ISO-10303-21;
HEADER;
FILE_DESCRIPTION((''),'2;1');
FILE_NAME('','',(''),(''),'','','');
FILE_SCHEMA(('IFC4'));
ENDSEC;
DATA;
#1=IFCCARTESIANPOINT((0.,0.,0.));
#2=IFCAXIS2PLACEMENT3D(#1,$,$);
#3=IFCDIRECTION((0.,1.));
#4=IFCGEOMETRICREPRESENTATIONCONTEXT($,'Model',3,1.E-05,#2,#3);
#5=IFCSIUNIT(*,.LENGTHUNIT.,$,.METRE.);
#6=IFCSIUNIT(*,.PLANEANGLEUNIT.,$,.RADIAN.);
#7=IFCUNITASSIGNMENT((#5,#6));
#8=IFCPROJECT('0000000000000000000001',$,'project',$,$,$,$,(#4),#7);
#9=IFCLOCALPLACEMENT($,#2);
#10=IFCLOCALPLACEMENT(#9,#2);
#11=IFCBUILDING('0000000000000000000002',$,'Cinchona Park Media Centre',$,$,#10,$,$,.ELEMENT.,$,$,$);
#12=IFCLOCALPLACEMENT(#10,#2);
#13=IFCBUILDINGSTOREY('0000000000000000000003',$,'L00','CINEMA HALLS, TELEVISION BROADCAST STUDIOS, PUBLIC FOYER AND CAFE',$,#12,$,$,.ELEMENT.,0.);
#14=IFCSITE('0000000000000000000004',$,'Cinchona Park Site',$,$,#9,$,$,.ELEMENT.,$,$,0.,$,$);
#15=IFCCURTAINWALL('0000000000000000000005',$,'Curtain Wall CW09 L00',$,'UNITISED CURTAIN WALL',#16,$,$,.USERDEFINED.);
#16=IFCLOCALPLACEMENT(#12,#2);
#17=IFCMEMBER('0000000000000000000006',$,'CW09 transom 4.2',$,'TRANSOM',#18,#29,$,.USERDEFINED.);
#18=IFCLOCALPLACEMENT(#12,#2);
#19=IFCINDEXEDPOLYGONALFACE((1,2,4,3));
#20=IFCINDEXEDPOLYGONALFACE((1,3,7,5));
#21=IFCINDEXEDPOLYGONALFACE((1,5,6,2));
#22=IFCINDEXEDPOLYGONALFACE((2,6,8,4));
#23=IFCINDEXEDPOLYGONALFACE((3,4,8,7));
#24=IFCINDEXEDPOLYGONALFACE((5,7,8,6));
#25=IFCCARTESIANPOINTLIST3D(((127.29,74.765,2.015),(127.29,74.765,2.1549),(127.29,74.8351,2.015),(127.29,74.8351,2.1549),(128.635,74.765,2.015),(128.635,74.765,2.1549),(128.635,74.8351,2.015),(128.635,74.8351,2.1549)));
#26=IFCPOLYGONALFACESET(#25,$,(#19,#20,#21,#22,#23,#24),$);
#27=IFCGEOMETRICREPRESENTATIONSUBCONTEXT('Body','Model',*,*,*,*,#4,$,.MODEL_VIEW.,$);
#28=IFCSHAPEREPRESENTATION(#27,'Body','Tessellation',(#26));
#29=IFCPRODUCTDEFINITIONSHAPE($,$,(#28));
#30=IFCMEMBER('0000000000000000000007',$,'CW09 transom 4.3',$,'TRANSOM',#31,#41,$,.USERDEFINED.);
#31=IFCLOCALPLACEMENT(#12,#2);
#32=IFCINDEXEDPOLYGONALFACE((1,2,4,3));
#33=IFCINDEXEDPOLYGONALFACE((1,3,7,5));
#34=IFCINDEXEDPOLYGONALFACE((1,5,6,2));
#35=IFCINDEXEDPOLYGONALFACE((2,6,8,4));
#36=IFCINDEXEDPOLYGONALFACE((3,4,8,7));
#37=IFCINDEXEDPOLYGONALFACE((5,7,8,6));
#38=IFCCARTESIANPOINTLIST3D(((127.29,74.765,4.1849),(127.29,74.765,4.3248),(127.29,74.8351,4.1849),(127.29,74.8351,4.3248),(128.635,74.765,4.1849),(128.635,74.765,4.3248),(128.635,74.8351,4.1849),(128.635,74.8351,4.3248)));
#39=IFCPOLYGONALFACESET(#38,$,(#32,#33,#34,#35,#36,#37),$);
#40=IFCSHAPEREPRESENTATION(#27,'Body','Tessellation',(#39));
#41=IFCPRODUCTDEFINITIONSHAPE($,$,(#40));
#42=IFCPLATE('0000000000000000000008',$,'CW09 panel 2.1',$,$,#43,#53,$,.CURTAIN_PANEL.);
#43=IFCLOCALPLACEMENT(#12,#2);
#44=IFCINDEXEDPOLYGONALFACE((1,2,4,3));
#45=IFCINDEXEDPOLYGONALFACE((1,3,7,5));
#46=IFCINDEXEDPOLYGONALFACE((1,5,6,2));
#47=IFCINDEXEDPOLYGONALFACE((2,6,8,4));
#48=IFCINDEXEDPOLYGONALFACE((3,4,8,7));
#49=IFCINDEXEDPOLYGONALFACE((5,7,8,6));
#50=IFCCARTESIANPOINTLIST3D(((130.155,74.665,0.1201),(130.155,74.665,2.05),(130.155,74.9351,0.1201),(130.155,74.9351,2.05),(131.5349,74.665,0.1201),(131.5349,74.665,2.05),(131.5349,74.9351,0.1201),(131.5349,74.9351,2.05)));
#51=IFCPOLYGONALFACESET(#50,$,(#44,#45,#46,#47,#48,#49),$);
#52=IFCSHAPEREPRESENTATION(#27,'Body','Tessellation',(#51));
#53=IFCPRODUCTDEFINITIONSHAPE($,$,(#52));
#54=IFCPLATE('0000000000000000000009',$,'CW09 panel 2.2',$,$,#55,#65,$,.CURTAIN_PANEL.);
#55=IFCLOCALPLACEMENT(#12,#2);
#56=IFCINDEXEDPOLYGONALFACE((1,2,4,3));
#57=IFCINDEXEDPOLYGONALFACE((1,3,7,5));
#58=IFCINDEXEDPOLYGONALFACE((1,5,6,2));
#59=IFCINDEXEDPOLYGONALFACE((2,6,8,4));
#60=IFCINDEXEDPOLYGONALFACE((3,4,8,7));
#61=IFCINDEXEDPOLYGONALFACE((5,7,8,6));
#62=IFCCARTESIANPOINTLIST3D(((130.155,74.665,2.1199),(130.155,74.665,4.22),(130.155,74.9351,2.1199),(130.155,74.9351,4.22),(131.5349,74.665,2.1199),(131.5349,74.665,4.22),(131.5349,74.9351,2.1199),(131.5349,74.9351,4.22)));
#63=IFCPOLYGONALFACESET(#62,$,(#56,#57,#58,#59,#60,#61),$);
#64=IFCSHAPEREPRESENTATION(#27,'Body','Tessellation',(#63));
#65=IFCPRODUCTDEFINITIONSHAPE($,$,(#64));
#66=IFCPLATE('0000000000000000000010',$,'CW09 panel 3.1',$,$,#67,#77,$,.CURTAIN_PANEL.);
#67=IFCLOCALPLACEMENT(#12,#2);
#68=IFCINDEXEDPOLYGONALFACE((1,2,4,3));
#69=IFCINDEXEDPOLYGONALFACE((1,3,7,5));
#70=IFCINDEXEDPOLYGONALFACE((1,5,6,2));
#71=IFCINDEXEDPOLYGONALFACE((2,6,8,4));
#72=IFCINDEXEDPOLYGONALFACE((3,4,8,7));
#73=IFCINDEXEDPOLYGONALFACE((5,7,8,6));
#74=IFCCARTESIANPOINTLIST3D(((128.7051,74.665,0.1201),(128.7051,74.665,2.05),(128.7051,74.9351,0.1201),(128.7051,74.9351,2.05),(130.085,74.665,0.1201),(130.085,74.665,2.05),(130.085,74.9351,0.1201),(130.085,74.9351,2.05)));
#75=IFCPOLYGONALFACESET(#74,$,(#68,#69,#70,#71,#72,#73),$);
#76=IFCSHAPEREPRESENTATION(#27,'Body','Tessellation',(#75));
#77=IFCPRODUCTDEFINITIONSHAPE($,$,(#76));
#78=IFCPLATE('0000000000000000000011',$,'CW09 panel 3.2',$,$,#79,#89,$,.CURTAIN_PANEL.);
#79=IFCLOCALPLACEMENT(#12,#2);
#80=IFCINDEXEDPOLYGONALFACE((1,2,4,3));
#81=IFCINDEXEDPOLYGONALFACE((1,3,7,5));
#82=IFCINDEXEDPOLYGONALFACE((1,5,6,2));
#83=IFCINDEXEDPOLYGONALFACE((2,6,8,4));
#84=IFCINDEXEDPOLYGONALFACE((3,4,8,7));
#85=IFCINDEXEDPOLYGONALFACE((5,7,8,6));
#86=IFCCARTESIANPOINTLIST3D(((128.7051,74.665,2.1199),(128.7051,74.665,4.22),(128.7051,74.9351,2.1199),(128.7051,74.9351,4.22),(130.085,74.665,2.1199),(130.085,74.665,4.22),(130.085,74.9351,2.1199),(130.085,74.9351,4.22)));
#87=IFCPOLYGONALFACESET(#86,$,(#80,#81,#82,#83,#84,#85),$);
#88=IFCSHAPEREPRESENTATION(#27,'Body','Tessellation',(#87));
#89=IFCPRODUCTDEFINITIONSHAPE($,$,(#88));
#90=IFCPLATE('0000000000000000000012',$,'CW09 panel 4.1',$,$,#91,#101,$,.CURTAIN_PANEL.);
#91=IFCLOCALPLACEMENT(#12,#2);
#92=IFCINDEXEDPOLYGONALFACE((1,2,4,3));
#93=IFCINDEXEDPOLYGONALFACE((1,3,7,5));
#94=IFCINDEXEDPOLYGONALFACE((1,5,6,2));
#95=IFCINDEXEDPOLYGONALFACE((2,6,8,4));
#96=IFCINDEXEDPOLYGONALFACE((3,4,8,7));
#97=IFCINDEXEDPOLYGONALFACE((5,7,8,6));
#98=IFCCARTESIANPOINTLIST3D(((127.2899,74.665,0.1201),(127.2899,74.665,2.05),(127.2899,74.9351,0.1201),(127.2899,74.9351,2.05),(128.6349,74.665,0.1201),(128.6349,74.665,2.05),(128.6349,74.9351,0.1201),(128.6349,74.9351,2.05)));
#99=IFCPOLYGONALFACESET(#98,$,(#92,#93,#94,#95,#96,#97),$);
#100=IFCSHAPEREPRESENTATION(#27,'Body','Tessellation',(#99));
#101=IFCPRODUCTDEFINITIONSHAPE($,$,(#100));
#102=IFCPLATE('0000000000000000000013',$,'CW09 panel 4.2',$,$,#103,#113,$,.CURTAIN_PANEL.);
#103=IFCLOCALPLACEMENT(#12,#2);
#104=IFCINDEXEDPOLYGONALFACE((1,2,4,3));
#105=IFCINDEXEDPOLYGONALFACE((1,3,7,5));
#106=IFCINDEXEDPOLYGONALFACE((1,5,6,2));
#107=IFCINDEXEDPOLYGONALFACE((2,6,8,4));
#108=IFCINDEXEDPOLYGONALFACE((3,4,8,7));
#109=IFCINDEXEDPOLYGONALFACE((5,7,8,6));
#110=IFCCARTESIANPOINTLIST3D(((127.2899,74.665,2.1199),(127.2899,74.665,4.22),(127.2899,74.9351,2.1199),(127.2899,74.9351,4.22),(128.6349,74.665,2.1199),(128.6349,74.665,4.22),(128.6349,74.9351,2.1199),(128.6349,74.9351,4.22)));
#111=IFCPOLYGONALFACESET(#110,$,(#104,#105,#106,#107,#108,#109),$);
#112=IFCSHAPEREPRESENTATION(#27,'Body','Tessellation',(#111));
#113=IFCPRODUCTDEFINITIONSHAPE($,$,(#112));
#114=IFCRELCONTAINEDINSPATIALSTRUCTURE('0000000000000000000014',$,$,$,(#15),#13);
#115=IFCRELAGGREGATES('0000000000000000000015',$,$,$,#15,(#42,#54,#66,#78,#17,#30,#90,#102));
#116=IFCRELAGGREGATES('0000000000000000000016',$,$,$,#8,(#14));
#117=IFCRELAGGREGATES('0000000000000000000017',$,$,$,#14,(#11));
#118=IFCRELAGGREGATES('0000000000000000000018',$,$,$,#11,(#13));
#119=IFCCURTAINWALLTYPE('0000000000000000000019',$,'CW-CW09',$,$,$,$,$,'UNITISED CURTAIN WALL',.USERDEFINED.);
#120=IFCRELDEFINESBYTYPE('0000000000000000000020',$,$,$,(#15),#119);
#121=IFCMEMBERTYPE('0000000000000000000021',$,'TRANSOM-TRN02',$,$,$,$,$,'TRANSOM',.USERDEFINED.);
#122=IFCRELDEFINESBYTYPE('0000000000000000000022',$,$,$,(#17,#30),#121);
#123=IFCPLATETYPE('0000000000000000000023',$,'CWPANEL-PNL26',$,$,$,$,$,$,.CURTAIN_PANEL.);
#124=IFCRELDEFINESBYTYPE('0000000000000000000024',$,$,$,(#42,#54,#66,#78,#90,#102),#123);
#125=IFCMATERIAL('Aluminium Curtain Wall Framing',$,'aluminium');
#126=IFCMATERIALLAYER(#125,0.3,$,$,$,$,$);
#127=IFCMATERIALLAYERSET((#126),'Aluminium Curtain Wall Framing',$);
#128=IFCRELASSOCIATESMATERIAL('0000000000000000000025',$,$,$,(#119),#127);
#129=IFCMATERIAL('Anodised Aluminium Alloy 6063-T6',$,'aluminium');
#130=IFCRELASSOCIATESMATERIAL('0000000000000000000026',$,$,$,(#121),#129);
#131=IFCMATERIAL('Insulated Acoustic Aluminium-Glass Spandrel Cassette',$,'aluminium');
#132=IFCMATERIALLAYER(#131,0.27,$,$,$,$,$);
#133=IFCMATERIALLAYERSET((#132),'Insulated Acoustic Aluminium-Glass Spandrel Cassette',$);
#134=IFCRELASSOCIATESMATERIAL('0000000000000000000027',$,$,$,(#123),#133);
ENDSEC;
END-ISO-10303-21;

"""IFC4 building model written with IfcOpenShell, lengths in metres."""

from ifc_helpers import new_model, si_unit, direction, frame, origin, origin_2d, place, context, subcontext, project, spatial, rectangle, extrude, material, layer, layer_set, material_profile, profile_set, type_object, element, aggregate, save


model = new_model("IFC4")

# Units and contexts
model_context = context("Model", 3, precision=1e-05, world=origin(), true_north=direction((0.0, 1.0)))
body_context = subcontext(model_context, "Body", "Model", "MODEL_VIEW")
ifc_project = project(units=[si_unit("LENGTHUNIT", "METRE"), si_unit("PLANEANGLEUNIT", "RADIAN")], contexts=[model_context])

# Site, building, storey
site_placement = place(None, origin())
site = spatial("IfcSite", under=ifc_project, at=site_placement, Name="Cinchona Park Site", CompositionType="ELEMENT", RefElevation=0.0)
building_placement = place(site_placement, origin())
building = spatial("IfcBuilding", under=site, at=building_placement, Name="Cinchona Park Media Centre", CompositionType="ELEMENT")
storey_placement = place(building_placement, origin())
storey = spatial("IfcBuildingStorey", under=building, at=storey_placement, Name="L00", Description="CINEMA HALLS, TELEVISION BROADCAST STUDIOS, PUBLIC FOYER AND CAFE", CompositionType="ELEMENT", Elevation=0.0)

# Curtain wall
ifc_material_1 = material(Name="Aluminium Curtain Wall Framing", Category="aluminium")
ifc_layer_1 = layer(ifc_material_1, 0.3)
ifc_layer_set_1 = layer_set([ifc_layer_1], Name="Aluminium Curtain Wall Framing")
curtain_wall_type_1 = type_object("IfcCurtainWallType", Name="CW-CW09", ElementType="UNITISED CURTAIN WALL", PredefinedType="USERDEFINED", material=ifc_layer_set_1)
curtain_wall_1_placement = place(storey_placement, origin())
curtain_wall_1 = element("IfcCurtainWall", 1, at=curtain_wall_1_placement, inside=storey, type_object=curtain_wall_type_1, Name="Curtain Wall CW09 L00", ObjectType="UNITISED CURTAIN WALL", PredefinedType="USERDEFINED")

# Members
ifc_material_2 = material(Name="Anodised Aluminium Alloy 6063-T6", Category="aluminium")
ifc_material_profile_1 = material_profile(ifc_material_2, rectangle(XDim=0.0701, YDim=0.1399, at=origin_2d()), Name="TRN-70X140")
ifc_profile_set_1 = profile_set([ifc_material_profile_1], Name="Anodised Aluminium Alloy 6063-T6")
member_type_1 = type_object("IfcMemberType", Name="TRANSOM-TRN02", ElementType="TRANSOM", PredefinedType="USERDEFINED", material=ifc_profile_set_1)
member_1_placement = place(storey_placement, frame((128.635, 74.8, 2.085), z_axis=(-1.0, 0.0, 0.0), x_axis=(0.0, -1.0, 0.0)))
member_1 = element("IfcMember", 2, at=member_1_placement, type_object=member_type_1, Name="CW09 transom 4.2", ObjectType="TRANSOM", PredefinedType="USERDEFINED", context=body_context, shape_type="SweptSolid", body=[
    extrude(rectangle(XDim=0.0701, YDim=0.1399, at=origin_2d()), origin(), (0.0, 0.0, 1.0), 1.345),
])
member_2_placement = place(storey_placement, frame((128.635, 74.8, 4.2549), z_axis=(-1.0, 0.0, 0.0), x_axis=(0.0, -1.0, 0.0)))
member_2 = element("IfcMember", 3, at=member_2_placement, type_object=member_type_1, Name="CW09 transom 4.3", ObjectType="TRANSOM", PredefinedType="USERDEFINED", context=body_context, shape_type="SweptSolid", body=[
    extrude(rectangle(XDim=0.0701, YDim=0.1399, at=origin_2d()), origin(), (0.0, 0.0, 1.0), 1.345),
])

# Plates
ifc_material_3 = material(Name="Insulated Acoustic Aluminium-Glass Spandrel Cassette", Category="aluminium")
ifc_layer_2 = layer(ifc_material_3, 0.27)
ifc_layer_set_2 = layer_set([ifc_layer_2], Name="Insulated Acoustic Aluminium-Glass Spandrel Cassette")
plate_type = type_object("IfcPlateType", Name="CWPANEL-PNL26", PredefinedType="CURTAIN_PANEL", material=ifc_layer_set_2)
plate_1_placement = place(storey_placement, frame((130.845, 74.8, 0.1201), z_axis=(0.0, 0.0, 1.0), x_axis=(-1.0, 0.0, 0.0)))
plate_1 = element("IfcPlate", 4, at=plate_1_placement, type_object=plate_type, Name="CW09 panel 2.1", PredefinedType="CURTAIN_PANEL", context=body_context, shape_type="SweptSolid", body=[
    extrude(rectangle(XDim=1.3799, YDim=0.27, at=origin_2d()), origin(), (0.0, 0.0, 1.0), 1.9299),
])
plate_2_placement = place(storey_placement, frame((130.845, 74.8, 2.1199), z_axis=(0.0, 0.0, 1.0), x_axis=(-1.0, 0.0, 0.0)))
plate_2 = element("IfcPlate", 5, at=plate_2_placement, type_object=plate_type, Name="CW09 panel 2.2", PredefinedType="CURTAIN_PANEL", context=body_context, shape_type="SweptSolid", body=[
    extrude(rectangle(XDim=1.3799, YDim=0.27, at=origin_2d()), origin(), (0.0, 0.0, 1.0), 2.1001),
])
plate_3_placement = place(storey_placement, frame((129.395, 74.8, 0.1201), z_axis=(0.0, 0.0, 1.0), x_axis=(-1.0, 0.0, 0.0)))
plate_3 = element("IfcPlate", 6, at=plate_3_placement, type_object=plate_type, Name="CW09 panel 3.1", PredefinedType="CURTAIN_PANEL", context=body_context, shape_type="SweptSolid", body=[
    extrude(rectangle(XDim=1.3799, YDim=0.27, at=origin_2d()), origin(), (0.0, 0.0, 1.0), 1.9299),
])
plate_4_placement = place(storey_placement, frame((129.395, 74.8, 2.1199), z_axis=(0.0, 0.0, 1.0), x_axis=(-1.0, 0.0, 0.0)))
plate_4 = element("IfcPlate", 7, at=plate_4_placement, type_object=plate_type, Name="CW09 panel 3.2", PredefinedType="CURTAIN_PANEL", context=body_context, shape_type="SweptSolid", body=[
    extrude(rectangle(XDim=1.3799, YDim=0.27, at=origin_2d()), origin(), (0.0, 0.0, 1.0), 2.1001),
])
plate_5_placement = place(storey_placement, frame((127.9624, 74.8, 0.1201), z_axis=(0.0, 0.0, 1.0), x_axis=(-1.0, 0.0, 0.0)))
plate_5 = element("IfcPlate", 8, at=plate_5_placement, type_object=plate_type, Name="CW09 panel 4.1", PredefinedType="CURTAIN_PANEL", context=body_context, shape_type="SweptSolid", body=[
    extrude(rectangle(XDim=1.345, YDim=0.27, at=origin_2d()), origin(), (0.0, 0.0, 1.0), 1.9299),
])
plate_6_placement = place(storey_placement, frame((127.9624, 74.8, 2.1199), z_axis=(0.0, 0.0, 1.0), x_axis=(-1.0, 0.0, 0.0)))
plate_6 = element("IfcPlate", 9, at=plate_6_placement, type_object=plate_type, Name="CW09 panel 4.2", PredefinedType="CURTAIN_PANEL", context=body_context, shape_type="SweptSolid", body=[
    extrude(rectangle(XDim=1.345, YDim=0.27, at=origin_2d()), origin(), (0.0, 0.0, 1.0), 2.1001),
])
aggregate(curtain_wall_1, [plate_1, plate_2, plate_3, plate_4, member_1, member_2, plate_5, plate_6])

save(model, "model.ifc")
